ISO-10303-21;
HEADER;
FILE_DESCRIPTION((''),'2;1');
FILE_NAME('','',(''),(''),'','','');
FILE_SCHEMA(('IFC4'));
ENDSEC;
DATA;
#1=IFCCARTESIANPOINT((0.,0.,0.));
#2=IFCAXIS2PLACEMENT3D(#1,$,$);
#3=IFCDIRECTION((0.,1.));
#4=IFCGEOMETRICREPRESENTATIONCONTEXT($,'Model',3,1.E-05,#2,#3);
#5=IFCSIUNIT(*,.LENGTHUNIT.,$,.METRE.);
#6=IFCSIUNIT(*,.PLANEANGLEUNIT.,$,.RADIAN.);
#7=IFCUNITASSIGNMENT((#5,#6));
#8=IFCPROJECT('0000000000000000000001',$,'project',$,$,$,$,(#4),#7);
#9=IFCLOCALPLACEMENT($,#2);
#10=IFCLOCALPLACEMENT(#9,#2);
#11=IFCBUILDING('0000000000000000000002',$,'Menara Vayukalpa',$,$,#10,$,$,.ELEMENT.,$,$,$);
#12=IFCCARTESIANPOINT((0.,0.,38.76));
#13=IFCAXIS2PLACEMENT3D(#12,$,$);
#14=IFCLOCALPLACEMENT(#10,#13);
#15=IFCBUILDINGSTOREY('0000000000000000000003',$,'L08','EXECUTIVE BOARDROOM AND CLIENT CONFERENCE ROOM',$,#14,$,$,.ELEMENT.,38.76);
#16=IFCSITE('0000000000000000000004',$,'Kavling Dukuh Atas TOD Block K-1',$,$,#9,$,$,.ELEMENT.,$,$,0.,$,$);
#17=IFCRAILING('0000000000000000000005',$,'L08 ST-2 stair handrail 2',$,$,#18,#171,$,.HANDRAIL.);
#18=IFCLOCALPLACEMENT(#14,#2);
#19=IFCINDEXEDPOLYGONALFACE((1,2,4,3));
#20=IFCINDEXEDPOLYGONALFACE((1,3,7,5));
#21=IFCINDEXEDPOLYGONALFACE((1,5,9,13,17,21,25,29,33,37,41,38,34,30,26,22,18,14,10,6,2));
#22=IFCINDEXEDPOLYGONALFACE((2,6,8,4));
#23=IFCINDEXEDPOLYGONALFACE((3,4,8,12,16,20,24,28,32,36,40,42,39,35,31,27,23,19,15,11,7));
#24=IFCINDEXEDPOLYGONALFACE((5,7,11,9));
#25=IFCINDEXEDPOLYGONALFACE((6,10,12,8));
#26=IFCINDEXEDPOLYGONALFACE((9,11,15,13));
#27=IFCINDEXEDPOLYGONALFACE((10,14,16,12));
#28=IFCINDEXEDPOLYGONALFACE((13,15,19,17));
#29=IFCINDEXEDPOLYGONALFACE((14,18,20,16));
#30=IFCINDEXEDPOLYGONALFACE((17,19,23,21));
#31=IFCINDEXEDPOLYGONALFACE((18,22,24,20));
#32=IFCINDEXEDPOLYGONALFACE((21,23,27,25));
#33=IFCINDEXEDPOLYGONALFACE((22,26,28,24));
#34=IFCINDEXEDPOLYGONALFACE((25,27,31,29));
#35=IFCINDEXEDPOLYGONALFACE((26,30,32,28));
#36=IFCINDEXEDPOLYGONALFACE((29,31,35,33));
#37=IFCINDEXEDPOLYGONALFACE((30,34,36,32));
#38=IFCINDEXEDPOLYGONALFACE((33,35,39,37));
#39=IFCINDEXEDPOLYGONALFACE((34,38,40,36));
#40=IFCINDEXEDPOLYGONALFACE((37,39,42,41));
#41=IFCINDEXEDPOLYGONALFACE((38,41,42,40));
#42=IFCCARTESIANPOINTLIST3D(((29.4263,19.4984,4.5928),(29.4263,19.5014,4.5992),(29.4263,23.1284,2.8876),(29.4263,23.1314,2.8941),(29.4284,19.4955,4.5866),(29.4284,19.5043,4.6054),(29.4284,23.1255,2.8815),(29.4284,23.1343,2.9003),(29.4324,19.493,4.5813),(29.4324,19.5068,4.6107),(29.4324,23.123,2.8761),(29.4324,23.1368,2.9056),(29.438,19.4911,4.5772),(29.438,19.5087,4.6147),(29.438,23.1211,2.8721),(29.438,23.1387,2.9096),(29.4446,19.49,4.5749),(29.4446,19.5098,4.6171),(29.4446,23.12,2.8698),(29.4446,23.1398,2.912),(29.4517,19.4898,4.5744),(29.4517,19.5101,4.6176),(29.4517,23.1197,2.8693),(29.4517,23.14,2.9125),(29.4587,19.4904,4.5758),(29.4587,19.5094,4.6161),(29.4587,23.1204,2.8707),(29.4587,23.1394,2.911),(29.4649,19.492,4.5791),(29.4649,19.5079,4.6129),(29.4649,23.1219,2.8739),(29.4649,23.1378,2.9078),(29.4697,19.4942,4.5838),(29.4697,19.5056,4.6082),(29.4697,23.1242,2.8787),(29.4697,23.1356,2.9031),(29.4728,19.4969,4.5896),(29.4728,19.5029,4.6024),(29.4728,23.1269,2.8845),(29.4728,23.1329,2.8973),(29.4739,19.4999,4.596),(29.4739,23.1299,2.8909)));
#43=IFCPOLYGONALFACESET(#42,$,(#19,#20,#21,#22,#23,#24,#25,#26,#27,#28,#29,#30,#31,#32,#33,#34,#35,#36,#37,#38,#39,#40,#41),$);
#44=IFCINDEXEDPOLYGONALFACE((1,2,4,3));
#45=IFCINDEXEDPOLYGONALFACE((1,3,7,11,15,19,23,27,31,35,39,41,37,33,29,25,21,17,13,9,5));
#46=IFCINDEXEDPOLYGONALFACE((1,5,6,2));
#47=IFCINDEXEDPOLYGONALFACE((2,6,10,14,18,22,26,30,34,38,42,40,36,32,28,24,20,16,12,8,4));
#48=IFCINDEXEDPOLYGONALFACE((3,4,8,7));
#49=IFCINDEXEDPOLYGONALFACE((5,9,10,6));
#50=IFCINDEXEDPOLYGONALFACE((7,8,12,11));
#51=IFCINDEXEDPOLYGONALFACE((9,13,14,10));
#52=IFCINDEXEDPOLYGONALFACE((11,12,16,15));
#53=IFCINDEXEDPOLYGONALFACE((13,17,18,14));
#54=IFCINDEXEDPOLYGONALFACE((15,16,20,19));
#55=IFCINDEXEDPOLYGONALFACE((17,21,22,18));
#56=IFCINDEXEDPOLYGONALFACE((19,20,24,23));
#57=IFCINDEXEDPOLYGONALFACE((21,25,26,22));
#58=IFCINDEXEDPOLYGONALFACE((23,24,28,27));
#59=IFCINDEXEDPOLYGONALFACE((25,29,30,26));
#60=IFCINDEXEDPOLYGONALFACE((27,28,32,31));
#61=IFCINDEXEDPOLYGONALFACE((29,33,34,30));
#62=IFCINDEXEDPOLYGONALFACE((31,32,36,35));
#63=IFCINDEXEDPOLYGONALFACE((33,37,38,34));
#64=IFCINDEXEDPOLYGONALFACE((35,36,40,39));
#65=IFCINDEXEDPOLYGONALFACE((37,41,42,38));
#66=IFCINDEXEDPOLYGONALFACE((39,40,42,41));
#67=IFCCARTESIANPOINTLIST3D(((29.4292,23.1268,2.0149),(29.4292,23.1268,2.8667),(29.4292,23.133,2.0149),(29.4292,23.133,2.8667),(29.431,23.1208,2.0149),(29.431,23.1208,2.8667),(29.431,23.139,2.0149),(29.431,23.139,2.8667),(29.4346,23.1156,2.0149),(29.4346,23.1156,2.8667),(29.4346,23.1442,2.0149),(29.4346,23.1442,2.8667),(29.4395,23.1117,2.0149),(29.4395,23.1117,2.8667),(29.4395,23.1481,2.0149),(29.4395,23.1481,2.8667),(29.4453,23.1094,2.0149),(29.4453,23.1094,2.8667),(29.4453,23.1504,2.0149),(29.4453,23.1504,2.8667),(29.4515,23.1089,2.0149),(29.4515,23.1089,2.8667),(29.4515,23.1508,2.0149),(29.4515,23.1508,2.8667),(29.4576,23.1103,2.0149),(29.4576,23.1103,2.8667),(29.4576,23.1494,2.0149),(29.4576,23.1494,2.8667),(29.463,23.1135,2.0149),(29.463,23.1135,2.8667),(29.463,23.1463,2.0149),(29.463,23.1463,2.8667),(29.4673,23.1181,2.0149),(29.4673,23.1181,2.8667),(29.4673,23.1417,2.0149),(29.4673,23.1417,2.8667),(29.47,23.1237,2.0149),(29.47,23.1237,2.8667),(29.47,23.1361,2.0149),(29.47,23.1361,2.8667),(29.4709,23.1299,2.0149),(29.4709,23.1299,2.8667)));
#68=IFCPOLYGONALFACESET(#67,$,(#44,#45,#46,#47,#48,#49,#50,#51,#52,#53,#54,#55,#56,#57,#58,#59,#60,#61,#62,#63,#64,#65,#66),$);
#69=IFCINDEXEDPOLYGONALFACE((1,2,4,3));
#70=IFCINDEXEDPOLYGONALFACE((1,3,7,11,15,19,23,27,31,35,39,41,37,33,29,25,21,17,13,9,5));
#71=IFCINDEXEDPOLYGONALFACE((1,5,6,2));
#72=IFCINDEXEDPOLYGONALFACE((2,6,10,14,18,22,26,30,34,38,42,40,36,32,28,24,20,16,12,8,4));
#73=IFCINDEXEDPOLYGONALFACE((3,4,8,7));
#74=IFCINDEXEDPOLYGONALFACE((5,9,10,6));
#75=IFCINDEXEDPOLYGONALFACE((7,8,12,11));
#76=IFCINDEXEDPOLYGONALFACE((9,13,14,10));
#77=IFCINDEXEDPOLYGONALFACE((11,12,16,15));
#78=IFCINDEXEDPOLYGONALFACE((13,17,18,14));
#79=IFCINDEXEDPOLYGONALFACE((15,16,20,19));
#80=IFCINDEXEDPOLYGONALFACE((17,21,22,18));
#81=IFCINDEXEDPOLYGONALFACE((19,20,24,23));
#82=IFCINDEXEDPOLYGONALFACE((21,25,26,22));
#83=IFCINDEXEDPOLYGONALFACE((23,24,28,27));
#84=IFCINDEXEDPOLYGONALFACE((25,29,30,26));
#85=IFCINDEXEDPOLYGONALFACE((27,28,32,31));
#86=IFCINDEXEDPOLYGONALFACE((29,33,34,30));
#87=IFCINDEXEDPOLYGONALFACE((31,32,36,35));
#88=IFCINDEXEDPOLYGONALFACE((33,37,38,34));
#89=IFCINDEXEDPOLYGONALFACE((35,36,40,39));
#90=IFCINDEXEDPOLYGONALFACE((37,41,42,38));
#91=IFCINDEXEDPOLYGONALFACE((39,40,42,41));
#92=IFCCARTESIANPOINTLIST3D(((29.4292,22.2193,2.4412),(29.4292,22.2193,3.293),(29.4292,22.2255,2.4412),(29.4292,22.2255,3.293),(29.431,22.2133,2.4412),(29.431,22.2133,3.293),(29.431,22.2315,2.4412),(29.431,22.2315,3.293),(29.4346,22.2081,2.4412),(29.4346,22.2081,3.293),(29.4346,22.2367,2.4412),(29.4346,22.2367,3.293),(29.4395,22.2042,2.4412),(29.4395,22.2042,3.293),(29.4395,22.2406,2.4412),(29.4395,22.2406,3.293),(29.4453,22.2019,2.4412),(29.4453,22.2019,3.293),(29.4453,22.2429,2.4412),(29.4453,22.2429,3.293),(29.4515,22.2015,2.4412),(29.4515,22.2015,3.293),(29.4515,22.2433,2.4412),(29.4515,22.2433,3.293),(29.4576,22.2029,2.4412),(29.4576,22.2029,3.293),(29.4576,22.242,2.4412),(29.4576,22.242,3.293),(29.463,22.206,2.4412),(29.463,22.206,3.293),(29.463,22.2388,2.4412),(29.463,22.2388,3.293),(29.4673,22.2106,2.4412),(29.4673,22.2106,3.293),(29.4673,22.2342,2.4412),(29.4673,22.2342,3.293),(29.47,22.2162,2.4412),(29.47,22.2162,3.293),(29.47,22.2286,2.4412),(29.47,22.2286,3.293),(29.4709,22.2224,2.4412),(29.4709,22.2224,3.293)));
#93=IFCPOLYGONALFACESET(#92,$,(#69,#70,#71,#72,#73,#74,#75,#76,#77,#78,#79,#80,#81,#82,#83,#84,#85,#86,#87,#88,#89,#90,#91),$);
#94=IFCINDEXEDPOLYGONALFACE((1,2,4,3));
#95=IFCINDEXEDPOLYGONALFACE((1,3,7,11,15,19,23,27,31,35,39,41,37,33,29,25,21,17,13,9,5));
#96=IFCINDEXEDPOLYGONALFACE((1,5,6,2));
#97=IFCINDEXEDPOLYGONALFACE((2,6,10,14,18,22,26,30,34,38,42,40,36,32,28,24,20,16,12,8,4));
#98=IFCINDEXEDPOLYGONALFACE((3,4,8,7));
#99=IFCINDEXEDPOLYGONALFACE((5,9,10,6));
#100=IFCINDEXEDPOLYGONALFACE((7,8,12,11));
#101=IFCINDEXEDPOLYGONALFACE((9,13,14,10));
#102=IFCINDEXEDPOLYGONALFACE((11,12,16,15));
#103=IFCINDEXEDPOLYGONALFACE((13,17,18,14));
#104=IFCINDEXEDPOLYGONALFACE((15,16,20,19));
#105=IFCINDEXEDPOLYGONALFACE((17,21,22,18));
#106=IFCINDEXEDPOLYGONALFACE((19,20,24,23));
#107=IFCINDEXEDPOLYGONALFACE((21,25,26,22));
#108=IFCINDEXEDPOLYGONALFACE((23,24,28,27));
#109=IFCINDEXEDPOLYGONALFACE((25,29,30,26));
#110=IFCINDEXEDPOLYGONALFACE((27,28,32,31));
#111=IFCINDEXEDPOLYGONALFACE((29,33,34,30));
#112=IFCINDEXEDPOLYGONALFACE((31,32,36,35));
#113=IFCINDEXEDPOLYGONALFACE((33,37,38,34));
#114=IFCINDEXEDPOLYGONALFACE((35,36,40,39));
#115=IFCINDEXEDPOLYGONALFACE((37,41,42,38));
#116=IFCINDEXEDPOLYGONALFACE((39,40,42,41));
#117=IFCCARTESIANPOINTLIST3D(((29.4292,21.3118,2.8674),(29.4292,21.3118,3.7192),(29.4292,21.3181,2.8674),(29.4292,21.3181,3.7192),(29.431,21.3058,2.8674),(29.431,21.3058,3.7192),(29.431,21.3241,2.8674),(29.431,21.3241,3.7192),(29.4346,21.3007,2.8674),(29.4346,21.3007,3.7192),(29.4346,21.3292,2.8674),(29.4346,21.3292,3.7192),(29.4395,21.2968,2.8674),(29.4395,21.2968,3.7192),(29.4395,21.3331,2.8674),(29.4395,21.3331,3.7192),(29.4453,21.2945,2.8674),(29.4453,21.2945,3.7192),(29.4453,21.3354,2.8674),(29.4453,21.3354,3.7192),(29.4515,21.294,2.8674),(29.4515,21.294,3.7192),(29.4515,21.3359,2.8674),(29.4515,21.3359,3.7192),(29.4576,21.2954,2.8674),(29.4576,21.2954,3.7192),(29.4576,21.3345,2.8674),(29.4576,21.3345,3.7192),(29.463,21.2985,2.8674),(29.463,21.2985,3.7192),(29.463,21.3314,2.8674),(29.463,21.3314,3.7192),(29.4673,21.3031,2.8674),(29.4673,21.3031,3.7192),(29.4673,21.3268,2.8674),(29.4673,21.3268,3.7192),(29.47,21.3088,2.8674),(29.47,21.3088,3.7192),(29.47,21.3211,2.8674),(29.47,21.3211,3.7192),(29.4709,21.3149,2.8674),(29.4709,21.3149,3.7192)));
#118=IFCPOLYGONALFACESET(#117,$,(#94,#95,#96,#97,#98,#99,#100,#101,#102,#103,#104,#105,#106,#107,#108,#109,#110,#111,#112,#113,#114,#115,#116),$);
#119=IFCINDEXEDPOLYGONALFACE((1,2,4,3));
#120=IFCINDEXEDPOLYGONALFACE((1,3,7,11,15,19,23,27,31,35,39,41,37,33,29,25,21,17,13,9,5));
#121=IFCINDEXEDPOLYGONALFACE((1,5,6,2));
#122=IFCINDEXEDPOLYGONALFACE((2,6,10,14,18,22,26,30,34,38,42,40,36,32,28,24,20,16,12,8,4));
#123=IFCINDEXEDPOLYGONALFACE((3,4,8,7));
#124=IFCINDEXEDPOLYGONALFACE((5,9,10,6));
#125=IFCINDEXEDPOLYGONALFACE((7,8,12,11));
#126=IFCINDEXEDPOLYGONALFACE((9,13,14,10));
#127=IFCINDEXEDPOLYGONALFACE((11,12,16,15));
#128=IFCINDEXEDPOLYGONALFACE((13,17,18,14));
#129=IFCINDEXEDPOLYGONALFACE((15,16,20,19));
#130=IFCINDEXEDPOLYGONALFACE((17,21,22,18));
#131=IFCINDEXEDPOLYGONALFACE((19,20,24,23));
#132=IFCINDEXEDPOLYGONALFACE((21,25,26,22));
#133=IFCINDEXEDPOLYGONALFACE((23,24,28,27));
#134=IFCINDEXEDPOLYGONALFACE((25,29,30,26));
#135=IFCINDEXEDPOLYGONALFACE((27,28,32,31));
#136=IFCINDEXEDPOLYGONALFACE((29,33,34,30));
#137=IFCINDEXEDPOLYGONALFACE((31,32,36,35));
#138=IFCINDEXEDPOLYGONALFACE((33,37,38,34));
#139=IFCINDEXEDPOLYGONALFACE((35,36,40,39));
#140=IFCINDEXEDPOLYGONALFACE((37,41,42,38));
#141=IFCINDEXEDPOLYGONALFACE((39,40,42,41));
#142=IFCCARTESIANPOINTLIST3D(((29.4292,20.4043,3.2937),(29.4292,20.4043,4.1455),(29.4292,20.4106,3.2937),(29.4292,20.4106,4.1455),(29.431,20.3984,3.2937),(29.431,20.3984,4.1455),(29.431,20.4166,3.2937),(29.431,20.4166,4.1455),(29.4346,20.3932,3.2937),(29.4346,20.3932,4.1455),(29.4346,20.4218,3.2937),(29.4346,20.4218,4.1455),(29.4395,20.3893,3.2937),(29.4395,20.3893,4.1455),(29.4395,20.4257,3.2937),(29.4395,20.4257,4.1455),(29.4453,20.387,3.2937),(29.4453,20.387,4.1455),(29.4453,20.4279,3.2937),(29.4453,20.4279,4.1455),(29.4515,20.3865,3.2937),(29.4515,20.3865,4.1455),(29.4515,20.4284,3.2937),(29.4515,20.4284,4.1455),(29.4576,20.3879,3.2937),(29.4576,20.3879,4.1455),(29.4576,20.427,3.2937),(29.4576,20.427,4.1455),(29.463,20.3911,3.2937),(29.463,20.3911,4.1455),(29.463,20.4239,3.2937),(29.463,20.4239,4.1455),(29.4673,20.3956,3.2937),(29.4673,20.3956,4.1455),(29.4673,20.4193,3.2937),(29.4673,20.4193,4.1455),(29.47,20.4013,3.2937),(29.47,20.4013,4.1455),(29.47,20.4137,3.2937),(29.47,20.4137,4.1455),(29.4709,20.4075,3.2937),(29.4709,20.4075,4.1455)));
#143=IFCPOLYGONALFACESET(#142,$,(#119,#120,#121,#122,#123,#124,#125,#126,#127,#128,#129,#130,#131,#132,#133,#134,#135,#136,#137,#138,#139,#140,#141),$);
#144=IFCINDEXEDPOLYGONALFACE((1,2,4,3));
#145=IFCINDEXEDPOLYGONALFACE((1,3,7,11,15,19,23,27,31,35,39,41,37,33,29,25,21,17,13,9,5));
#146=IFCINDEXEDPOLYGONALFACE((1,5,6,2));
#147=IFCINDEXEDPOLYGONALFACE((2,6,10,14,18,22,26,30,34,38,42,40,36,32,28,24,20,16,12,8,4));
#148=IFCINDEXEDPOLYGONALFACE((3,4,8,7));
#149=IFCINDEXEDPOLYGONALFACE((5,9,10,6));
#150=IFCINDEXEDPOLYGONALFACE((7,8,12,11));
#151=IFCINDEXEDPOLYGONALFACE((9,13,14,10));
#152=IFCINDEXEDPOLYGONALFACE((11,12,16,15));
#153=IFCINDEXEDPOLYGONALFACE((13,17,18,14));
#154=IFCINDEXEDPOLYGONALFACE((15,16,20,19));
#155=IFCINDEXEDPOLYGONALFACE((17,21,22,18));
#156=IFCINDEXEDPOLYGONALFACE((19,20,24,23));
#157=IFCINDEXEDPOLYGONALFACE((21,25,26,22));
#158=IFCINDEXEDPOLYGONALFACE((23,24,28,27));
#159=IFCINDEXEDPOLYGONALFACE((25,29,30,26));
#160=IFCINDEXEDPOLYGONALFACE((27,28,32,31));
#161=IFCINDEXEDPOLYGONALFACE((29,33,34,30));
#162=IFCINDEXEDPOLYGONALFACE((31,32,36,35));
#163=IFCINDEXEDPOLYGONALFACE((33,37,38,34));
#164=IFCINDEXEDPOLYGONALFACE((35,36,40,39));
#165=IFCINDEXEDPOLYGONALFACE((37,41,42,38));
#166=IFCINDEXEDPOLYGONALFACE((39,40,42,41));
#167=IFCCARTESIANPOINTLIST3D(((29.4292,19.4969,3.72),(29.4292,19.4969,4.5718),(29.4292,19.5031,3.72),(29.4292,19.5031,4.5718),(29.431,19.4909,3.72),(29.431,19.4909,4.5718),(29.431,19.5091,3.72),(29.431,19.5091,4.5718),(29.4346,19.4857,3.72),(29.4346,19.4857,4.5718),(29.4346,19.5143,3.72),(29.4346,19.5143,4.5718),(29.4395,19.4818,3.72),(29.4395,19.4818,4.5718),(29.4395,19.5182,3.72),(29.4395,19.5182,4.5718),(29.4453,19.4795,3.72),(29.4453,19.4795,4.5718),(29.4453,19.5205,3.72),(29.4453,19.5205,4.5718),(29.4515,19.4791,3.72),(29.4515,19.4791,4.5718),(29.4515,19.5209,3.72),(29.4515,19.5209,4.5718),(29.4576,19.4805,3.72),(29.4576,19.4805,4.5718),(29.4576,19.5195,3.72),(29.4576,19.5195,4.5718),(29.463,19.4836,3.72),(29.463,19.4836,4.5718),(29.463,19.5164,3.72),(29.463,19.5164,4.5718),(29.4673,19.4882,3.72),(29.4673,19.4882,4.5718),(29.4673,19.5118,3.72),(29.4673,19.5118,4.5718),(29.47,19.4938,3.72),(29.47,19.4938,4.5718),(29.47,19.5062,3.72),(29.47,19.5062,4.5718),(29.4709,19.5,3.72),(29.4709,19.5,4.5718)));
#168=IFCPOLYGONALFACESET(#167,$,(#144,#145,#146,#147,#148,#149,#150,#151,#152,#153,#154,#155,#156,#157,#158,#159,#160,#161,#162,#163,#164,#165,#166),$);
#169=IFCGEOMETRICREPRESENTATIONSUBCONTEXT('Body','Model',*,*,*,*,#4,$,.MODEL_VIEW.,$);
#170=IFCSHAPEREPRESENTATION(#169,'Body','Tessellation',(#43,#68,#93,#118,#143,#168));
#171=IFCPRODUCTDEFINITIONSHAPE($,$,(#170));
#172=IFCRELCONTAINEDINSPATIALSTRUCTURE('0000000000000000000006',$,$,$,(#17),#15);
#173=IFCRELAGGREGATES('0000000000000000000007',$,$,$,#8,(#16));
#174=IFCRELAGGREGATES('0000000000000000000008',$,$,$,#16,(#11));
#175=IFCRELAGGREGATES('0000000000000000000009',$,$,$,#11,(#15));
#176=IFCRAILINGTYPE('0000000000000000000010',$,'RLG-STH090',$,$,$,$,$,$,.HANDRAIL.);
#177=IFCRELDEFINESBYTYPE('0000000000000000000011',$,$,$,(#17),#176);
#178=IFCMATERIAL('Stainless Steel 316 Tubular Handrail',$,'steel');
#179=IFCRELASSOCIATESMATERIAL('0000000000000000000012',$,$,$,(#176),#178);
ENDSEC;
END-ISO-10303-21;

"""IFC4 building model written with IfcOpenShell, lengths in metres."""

from ifc_helpers import new_model, si_unit, direction, frame, origin, origin_2d, place, context, subcontext, project, spatial, circle, extrude, material, type_object, element, save


model = new_model("IFC4")

# Units and contexts
model_context = context("Model", 3, precision=1e-05, world=origin(), true_north=direction((0.0, 1.0)))
body_context = subcontext(model_context, "Body", "Model", "MODEL_VIEW")
ifc_project = project(units=[si_unit("LENGTHUNIT", "METRE"), si_unit("PLANEANGLEUNIT", "RADIAN")], contexts=[model_context])

# Site, building, storey
site_placement = place(None, origin())
site = spatial("IfcSite", under=ifc_project, at=site_placement, Name="Kavling Dukuh Atas TOD Block K-1", CompositionType="ELEMENT", RefElevation=0.0)
building_placement = place(site_placement, origin())
building = spatial("IfcBuilding", under=site, at=building_placement, Name="Menara Vayukalpa", CompositionType="ELEMENT")
storey_placement = place(building_placement, frame((0.0, 0.0, 38.76)))
storey = spatial("IfcBuildingStorey", under=building, at=storey_placement, Name="L08", Description="EXECUTIVE BOARDROOM AND CLIENT CONFERENCE ROOM", CompositionType="ELEMENT", Elevation=38.76)

# Railing
ifc_material_1 = material(Name="Stainless Steel 316 Tubular Handrail", Category="steel")
railing_type_1 = type_object("IfcRailingType", Name="RLG-STH090", PredefinedType="HANDRAIL", material=ifc_material_1)
railing_1_placement = place(storey_placement, frame((29.45, 23.1299, 2.0149)))
element("IfcRailing", 1, at=railing_1_placement, inside=storey, type_object=railing_type_1, Name="L08 ST-2 stair handrail 2", PredefinedType="HANDRAIL", context=body_context, shape_type="SweptSolid", body=[
    extrude(circle(Radius=0.0239, at=origin_2d()), frame((0.0, 0.0, 0.876), z_axis=(0.0, -0.905116, 0.425164), x_axis=(1.0, 0.0, 0.0)), (0.0, 0.0, 1.0), 4.0105),
    extrude(circle(Radius=0.021, at=origin_2d()), origin(), (0.0, 0.0, 1.0), 0.8518),
    extrude(circle(Radius=0.021, at=origin_2d()), frame((0.0, -0.9075, 0.4263)), (0.0, 0.0, 1.0), 0.8518),
    extrude(circle(Radius=0.021, at=origin_2d()), frame((0.0, -1.8149, 0.8525)), (0.0, 0.0, 1.0), 0.8518),
    extrude(circle(Radius=0.021, at=origin_2d()), frame((0.0, -2.7224, 1.2788)), (0.0, 0.0, 1.0), 0.8518),
    extrude(circle(Radius=0.021, at=origin_2d()), frame((0.0, -3.6299, 1.7051)), (0.0, 0.0, 1.0), 0.8518),
])

save(model, "model.ifc")
